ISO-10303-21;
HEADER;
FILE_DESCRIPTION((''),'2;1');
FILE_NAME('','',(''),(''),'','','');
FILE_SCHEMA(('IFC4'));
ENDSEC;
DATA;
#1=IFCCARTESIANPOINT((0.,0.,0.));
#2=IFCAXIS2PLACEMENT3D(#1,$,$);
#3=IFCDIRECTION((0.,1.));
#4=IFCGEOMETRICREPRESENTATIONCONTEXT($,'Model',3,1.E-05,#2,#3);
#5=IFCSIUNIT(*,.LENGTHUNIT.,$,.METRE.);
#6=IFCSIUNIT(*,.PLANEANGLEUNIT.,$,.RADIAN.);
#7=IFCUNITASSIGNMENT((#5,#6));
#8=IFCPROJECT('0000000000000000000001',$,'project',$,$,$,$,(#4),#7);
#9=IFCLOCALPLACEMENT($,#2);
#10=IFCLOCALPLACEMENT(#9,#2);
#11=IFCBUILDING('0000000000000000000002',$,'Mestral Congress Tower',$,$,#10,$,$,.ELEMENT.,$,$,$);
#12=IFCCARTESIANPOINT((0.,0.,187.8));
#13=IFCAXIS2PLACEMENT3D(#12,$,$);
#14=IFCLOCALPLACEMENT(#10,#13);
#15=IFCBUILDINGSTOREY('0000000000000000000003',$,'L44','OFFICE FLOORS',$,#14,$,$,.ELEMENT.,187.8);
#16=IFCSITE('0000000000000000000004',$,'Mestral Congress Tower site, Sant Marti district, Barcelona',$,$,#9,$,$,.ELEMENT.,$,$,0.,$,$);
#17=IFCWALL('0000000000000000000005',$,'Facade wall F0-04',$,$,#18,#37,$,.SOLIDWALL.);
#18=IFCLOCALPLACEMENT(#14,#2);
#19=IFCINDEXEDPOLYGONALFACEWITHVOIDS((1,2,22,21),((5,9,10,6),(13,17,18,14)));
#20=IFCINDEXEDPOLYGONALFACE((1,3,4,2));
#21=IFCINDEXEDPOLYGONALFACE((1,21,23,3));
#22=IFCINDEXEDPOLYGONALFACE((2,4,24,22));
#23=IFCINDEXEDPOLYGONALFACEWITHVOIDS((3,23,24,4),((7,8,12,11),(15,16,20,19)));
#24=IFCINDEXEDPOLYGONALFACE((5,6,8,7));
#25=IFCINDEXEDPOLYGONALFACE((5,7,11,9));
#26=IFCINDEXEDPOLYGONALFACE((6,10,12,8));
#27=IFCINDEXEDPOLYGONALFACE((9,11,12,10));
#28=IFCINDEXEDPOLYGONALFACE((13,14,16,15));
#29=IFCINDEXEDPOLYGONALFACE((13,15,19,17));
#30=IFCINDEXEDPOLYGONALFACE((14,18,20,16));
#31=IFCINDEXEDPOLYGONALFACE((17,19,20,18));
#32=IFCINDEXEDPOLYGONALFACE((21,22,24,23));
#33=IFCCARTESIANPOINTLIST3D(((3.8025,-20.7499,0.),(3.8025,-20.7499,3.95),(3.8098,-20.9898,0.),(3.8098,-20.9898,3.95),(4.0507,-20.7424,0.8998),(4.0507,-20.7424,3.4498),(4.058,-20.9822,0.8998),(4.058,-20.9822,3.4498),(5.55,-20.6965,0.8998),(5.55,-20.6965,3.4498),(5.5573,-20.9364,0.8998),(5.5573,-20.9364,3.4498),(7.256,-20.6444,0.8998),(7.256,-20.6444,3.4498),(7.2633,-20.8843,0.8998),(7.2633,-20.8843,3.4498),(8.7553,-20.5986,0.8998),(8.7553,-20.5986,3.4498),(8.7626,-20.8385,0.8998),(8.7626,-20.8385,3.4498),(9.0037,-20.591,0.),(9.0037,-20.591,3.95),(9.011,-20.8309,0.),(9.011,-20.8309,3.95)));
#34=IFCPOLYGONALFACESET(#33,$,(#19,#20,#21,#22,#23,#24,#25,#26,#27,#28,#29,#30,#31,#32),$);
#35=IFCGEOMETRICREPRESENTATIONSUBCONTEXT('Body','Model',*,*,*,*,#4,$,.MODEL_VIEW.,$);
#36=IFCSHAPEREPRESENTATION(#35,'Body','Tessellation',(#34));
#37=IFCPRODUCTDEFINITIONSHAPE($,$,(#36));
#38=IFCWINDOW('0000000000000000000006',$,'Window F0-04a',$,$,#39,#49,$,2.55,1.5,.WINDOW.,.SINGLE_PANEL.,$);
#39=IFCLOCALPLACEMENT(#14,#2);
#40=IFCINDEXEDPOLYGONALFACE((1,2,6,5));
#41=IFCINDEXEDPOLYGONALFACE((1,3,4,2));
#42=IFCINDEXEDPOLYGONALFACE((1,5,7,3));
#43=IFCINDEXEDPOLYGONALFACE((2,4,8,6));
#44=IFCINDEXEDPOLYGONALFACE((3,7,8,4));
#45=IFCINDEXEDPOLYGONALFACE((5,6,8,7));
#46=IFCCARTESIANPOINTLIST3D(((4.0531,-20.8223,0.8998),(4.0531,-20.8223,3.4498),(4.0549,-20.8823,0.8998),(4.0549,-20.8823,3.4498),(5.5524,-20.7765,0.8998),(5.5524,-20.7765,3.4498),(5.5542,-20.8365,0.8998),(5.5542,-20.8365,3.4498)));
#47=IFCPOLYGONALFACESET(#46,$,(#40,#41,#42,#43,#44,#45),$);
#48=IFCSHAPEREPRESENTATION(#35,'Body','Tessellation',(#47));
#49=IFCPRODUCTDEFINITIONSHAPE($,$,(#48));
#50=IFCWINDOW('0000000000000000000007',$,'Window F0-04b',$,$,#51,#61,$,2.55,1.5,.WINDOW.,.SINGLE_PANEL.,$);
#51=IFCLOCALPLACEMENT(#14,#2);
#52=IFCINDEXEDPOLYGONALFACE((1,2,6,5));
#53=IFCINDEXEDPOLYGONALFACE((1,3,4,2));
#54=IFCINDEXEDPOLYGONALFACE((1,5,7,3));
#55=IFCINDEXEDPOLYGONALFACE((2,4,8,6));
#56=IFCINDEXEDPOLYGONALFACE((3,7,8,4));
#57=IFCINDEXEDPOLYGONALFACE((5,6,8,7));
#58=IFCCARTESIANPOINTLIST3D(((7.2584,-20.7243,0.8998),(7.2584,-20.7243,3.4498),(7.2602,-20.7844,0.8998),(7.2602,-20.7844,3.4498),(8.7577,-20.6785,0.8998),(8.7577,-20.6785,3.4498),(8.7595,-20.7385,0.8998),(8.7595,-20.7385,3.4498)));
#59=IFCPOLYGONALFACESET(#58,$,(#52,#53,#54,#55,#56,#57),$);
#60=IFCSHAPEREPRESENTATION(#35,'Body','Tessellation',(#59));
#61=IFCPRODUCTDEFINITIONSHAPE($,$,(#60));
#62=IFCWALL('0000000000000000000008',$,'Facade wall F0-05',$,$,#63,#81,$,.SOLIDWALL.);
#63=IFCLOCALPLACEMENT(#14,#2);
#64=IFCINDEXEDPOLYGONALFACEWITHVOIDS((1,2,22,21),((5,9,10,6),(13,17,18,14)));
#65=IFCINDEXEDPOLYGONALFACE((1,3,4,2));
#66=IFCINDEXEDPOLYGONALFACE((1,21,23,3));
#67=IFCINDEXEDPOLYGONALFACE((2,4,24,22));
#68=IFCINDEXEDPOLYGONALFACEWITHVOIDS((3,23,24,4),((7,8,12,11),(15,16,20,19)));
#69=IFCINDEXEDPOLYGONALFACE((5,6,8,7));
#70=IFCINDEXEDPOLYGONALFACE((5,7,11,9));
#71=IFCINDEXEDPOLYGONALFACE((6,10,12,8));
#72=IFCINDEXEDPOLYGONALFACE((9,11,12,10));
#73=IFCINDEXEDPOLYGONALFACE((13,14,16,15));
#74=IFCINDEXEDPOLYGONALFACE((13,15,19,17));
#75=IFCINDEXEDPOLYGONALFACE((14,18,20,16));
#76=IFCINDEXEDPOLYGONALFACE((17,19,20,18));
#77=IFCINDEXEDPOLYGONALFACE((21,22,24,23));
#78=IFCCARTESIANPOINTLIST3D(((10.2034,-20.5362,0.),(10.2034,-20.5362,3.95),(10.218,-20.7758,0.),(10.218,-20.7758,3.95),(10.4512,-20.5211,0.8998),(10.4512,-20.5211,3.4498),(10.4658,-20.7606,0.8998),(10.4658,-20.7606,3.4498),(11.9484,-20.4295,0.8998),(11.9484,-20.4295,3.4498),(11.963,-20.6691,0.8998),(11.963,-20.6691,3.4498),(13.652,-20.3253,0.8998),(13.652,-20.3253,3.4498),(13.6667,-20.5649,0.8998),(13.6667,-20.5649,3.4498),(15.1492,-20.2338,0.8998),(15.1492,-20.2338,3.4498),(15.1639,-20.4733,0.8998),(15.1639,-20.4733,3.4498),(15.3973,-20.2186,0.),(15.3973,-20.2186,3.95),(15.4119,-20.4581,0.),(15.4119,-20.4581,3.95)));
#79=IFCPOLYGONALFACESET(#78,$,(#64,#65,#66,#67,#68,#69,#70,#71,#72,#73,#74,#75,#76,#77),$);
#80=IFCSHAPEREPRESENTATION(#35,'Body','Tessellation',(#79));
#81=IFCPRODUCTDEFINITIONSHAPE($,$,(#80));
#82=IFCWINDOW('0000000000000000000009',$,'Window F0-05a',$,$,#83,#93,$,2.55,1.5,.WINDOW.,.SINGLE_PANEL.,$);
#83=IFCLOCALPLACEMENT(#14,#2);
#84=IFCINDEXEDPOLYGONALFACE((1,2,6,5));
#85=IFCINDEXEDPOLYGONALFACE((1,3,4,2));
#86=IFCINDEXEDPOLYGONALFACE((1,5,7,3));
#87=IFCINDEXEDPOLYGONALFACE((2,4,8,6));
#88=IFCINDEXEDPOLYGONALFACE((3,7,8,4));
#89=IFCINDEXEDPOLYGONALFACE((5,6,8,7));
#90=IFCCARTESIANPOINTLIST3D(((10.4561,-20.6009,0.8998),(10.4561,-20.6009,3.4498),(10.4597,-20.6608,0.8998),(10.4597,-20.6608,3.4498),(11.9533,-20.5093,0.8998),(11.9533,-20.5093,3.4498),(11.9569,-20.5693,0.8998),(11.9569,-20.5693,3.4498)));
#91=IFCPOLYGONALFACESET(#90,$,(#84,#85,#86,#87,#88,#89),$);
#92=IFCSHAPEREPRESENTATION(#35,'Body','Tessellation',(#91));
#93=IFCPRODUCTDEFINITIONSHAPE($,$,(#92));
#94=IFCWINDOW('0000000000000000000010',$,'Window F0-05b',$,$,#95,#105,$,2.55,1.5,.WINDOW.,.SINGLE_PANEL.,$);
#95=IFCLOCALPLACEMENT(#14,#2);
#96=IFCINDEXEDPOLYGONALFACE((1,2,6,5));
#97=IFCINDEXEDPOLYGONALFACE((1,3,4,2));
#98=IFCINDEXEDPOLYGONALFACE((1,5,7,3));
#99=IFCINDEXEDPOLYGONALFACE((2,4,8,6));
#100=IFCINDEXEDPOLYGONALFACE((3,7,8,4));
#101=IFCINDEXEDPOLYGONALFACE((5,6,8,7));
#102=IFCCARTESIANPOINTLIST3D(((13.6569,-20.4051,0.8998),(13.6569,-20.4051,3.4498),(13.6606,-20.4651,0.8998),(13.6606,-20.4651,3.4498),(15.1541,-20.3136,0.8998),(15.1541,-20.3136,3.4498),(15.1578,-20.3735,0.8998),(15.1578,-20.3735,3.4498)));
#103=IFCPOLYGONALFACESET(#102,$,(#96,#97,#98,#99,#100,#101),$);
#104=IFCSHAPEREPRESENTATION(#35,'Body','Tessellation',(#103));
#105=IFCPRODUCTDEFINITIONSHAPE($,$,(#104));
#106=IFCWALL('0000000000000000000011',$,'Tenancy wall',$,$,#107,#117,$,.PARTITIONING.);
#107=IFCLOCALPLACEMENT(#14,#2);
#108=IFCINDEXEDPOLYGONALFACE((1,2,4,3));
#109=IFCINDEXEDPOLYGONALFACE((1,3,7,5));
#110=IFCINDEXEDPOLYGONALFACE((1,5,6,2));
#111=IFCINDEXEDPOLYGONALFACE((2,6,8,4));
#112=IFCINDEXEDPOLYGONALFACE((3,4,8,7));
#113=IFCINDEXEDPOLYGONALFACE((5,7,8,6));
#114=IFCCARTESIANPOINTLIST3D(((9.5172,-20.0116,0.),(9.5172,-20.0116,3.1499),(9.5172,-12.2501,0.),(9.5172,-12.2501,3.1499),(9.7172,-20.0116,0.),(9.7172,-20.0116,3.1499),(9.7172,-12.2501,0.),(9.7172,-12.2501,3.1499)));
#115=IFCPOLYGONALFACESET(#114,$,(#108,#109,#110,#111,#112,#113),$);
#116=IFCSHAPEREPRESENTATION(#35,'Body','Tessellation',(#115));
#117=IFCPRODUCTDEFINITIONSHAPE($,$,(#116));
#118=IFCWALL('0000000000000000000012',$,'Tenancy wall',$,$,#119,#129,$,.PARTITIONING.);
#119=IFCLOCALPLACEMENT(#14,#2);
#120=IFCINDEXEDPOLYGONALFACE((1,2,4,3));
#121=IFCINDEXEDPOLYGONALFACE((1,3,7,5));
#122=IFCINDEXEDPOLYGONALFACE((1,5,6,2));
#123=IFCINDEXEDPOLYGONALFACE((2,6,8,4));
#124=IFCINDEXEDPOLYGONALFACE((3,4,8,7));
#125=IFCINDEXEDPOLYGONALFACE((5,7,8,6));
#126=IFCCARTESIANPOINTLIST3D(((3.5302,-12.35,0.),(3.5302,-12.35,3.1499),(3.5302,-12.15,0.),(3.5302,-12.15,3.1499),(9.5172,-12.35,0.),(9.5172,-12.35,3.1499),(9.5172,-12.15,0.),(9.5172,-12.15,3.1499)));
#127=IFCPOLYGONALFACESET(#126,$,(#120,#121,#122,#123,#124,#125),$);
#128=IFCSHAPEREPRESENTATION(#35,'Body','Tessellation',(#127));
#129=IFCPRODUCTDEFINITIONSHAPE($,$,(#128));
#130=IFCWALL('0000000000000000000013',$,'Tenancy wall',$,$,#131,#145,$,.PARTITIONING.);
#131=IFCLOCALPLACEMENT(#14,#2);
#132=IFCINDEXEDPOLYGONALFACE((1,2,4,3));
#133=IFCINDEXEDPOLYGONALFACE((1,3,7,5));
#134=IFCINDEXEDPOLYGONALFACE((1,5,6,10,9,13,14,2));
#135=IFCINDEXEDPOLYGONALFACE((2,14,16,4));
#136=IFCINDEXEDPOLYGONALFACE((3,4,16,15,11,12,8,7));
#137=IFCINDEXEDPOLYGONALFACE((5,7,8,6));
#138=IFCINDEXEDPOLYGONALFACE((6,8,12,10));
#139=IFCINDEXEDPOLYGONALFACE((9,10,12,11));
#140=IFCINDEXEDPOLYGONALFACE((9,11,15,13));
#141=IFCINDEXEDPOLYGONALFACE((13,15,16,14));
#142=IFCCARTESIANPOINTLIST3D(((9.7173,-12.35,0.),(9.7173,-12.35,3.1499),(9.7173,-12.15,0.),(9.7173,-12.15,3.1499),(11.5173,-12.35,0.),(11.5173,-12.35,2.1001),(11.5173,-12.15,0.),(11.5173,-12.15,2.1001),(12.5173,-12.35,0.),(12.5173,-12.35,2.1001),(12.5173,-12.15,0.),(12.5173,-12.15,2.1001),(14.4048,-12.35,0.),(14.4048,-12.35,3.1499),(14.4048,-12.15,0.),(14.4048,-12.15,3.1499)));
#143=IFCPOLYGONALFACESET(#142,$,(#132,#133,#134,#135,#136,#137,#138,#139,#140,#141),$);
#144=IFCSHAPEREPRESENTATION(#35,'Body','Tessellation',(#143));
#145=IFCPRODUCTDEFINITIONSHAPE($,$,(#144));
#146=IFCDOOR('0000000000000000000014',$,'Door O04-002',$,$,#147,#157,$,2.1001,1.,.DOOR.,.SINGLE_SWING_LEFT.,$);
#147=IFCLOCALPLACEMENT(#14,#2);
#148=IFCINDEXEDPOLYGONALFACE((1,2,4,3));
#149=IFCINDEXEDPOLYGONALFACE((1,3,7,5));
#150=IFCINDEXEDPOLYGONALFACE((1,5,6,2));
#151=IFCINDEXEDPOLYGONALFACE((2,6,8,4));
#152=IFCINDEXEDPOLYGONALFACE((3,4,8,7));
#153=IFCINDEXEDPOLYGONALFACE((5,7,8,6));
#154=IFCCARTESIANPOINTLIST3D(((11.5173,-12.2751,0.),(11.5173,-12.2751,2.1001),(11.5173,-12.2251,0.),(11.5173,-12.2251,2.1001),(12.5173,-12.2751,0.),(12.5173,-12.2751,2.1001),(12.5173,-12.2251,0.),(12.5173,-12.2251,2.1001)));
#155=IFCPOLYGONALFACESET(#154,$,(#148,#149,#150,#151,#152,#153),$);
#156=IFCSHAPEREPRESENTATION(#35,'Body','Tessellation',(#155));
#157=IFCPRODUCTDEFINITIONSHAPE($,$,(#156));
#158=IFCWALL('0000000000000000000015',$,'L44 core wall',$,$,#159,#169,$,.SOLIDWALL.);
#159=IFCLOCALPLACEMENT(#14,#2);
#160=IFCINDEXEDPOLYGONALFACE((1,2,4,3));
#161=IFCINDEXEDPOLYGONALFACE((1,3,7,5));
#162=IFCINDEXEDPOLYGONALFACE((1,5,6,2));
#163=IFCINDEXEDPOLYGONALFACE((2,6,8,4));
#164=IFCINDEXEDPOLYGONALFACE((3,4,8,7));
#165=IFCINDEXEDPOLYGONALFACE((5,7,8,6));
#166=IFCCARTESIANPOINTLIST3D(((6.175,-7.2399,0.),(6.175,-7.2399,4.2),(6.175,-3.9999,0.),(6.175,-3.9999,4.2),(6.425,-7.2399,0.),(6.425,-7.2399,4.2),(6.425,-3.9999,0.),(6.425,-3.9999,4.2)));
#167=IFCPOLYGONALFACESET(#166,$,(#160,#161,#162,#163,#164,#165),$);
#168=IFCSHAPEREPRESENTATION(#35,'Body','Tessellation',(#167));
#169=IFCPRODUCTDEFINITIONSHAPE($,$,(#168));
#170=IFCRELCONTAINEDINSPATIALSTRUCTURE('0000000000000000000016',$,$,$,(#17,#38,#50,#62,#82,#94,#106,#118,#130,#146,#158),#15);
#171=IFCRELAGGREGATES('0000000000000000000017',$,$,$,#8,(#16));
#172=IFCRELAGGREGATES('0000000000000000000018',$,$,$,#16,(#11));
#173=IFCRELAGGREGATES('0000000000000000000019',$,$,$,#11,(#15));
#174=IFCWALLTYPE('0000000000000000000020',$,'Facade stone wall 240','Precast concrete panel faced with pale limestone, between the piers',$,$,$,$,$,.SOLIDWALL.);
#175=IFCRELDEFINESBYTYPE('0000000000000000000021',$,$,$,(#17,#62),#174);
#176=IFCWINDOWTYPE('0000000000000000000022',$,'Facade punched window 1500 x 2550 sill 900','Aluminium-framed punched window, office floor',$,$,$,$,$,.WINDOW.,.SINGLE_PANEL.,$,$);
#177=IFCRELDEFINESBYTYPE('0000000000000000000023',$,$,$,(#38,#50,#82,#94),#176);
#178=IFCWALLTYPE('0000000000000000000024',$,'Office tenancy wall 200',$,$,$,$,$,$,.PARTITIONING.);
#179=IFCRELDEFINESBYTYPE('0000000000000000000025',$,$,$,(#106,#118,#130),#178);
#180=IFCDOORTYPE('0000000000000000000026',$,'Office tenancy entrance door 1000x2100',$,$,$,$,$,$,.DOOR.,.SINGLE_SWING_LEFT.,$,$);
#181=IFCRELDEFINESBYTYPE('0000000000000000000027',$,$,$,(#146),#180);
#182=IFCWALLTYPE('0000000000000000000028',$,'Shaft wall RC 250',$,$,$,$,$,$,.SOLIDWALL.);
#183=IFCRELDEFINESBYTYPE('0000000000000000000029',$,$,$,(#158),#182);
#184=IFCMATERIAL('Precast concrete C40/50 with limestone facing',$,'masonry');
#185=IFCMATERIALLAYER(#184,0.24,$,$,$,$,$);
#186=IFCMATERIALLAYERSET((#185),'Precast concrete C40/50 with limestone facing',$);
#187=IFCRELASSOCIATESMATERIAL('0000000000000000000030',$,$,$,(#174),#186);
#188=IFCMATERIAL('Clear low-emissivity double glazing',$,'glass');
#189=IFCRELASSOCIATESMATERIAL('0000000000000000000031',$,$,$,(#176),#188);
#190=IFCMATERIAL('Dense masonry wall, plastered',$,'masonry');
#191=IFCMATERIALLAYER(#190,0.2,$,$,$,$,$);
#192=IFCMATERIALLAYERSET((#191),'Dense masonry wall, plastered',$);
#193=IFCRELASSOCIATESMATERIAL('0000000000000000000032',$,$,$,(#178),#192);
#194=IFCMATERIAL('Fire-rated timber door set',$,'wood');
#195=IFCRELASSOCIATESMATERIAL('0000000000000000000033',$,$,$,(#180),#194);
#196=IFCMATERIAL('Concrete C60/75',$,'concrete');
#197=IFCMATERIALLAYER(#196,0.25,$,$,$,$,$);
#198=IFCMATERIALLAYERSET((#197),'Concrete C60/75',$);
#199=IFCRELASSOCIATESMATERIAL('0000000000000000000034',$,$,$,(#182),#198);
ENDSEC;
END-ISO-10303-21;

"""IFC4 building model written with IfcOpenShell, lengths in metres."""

from ifc_helpers import new_model, si_unit, direction, frame, frame_2d, origin, place, context, subcontext, project, spatial, rectangle, extrude, material, layer, layer_set, type_object, element, fill, save


model = new_model("IFC4")

# Units and contexts
model_context = context("Model", 3, precision=1e-05, world=origin(), true_north=direction((0.0, 1.0)))
body_context = subcontext(model_context, "Body", "Model", "MODEL_VIEW")
ifc_project = project(units=[si_unit("LENGTHUNIT", "METRE"), si_unit("PLANEANGLEUNIT", "RADIAN")], contexts=[model_context])

# Site, building, storey
site_placement = place(None, origin())
site = spatial("IfcSite", under=ifc_project, at=site_placement, Name="Mestral Congress Tower site, Sant Marti district, Barcelona", CompositionType="ELEMENT", RefElevation=0.0)
building_placement = place(site_placement, origin())
building = spatial("IfcBuilding", under=site, at=building_placement, Name="Mestral Congress Tower", CompositionType="ELEMENT")
storey_placement = place(building_placement, frame((0.0, 0.0, 187.8)))
storey = spatial("IfcBuildingStorey", under=building, at=storey_placement, Name="L44", Description="OFFICE FLOORS", CompositionType="ELEMENT", Elevation=187.8)

# Shared definitions
ifc_material_1 = material(Name="Concrete C60/75", Category="concrete")

# Walls, openings, windows
ifc_material_2 = material(Name="Precast concrete C40/50 with limestone facing", Category="masonry")
ifc_layer_1 = layer(ifc_material_2, 0.24)
ifc_layer_set_1 = layer_set([ifc_layer_1], Name="Precast concrete C40/50 with limestone facing")
wall_type_1 = type_object("IfcWallType", Name="Facade stone wall 240", Description="Precast concrete panel faced with pale limestone, between the piers", PredefinedType="SOLIDWALL", material=ifc_layer_set_1)
wall_1_placement = place(storey_placement, frame((3.8062, -20.8699, 0.0), z_axis=(0.0, 0.0, 1.0), x_axis=(0.999533, 0.030543, 0.0)))
wall_1 = element("IfcWall", 1, at=wall_1_placement, inside=storey, type_object=wall_type_1, Name="Facade wall F0-04", PredefinedType="SOLIDWALL", context=body_context, shape_type="SweptSolid", body=[
    extrude(rectangle(XDim=5.2036, YDim=0.24, at=frame_2d((2.6018, 0.0))), origin(), (0.0, 0.0, 1.0), 3.95),
])
opening_1_placement = place(wall_1_placement, frame((0.2483, 0.0, 0.8999)))
opening_1 = element("IfcOpeningElement", 2, at=opening_1_placement, cuts=wall_1, PredefinedType="OPENING", context=body_context, shape_type="SweptSolid", body=[
    extrude(rectangle(XDim=1.5, YDim=2.55, at=frame_2d((0.75, 1.2749))), frame((0.0, 0.1299, 0.0), z_axis=(0.0, -1.0, 0.0), x_axis=(1.0, 0.0, 0.0)), (0.0, 0.0, 1.0), 0.26),
])
opening_2_placement = place(wall_1_placement, frame((3.4551, 0.0, 0.8999)))
opening_2 = element("IfcOpeningElement", 3, at=opening_2_placement, cuts=wall_1, PredefinedType="OPENING", context=body_context, shape_type="SweptSolid", body=[
    extrude(rectangle(XDim=1.5, YDim=2.55, at=frame_2d((0.75, 1.2749))), frame((0.0, 0.1299, 0.0), z_axis=(0.0, -1.0, 0.0), x_axis=(1.0, 0.0, 0.0)), (0.0, 0.0, 1.0), 0.26),
])
ifc_material_3 = material(Name="Clear low-emissivity double glazing", Category="glass")
window_type = type_object("IfcWindowType", Name="Facade punched window 1500 x 2550 sill 900", Description="Aluminium-framed punched window, office floor", PartitioningType="SINGLE_PANEL", PredefinedType="WINDOW", material=ifc_material_3)
window_1_placement = place(opening_1_placement, origin())
window_1 = element("IfcWindow", 4, at=window_1_placement, inside=storey, type_object=window_type, Name="Window F0-04a", OverallHeight=2.55, OverallWidth=1.5, PartitioningType="SINGLE_PANEL", PredefinedType="WINDOW", context=body_context, shape_type="SweptSolid", body=[
    extrude(rectangle(XDim=1.5, YDim=2.55, at=frame_2d((0.75, 1.2749))), frame((0.0, 0.04, 0.0), z_axis=(0.0, -1.0, 0.0), x_axis=(1.0, 0.0, 0.0)), (0.0, 0.0, 1.0), 0.0601),
])
fill(opening_1, window_1)
window_2_placement = place(opening_2_placement, origin())
window_2 = element("IfcWindow", 5, at=window_2_placement, inside=storey, type_object=window_type, Name="Window F0-04b", OverallHeight=2.55, OverallWidth=1.5, PartitioningType="SINGLE_PANEL", PredefinedType="WINDOW", context=body_context, shape_type="SweptSolid", body=[
    extrude(rectangle(XDim=1.5, YDim=2.55, at=frame_2d((0.75, 1.2749))), frame((0.0, 0.04, 0.0), z_axis=(0.0, -1.0, 0.0), x_axis=(1.0, 0.0, 0.0)), (0.0, 0.0, 1.0), 0.0601),
])
fill(opening_2, window_2)
wall_2_placement = place(storey_placement, frame((10.2107, -20.656, 0.0), z_axis=(0.0, 0.0, 1.0), x_axis=(0.998135, 0.06104, 0.0)))
wall_2 = element("IfcWall", 6, at=wall_2_placement, inside=storey, type_object=wall_type_1, Name="Facade wall F0-05", PredefinedType="SOLIDWALL", context=body_context, shape_type="SweptSolid", body=[
    extrude(rectangle(XDim=5.2036, YDim=0.24, at=frame_2d((2.6018, 0.0))), origin(), (0.0, 0.0, 1.0), 3.95),
])
opening_3_placement = place(wall_2_placement, frame((0.2483, 0.0, 0.8999)))
opening_3 = element("IfcOpeningElement", 7, at=opening_3_placement, cuts=wall_2, PredefinedType="OPENING", context=body_context, shape_type="SweptSolid", body=[
    extrude(rectangle(XDim=1.5, YDim=2.55, at=frame_2d((0.75, 1.2749))), frame((0.0, 0.1299, 0.0), z_axis=(0.0, -1.0, 0.0), x_axis=(1.0, 0.0, 0.0)), (0.0, 0.0, 1.0), 0.26),
])
opening_4_placement = place(wall_2_placement, frame((3.4551, 0.0, 0.8999)))
opening_4 = element("IfcOpeningElement", 8, at=opening_4_placement, cuts=wall_2, PredefinedType="OPENING", context=body_context, shape_type="SweptSolid", body=[
    extrude(rectangle(XDim=1.5, YDim=2.55, at=frame_2d((0.75, 1.2749))), frame((0.0, 0.1299, 0.0), z_axis=(0.0, -1.0, 0.0), x_axis=(1.0, 0.0, 0.0)), (0.0, 0.0, 1.0), 0.26),
])
window_3_placement = place(opening_3_placement, origin())
window_3 = element("IfcWindow", 9, at=window_3_placement, inside=storey, type_object=window_type, Name="Window F0-05a", OverallHeight=2.55, OverallWidth=1.5, PartitioningType="SINGLE_PANEL", PredefinedType="WINDOW", context=body_context, shape_type="SweptSolid", body=[
    extrude(rectangle(XDim=1.5, YDim=2.55, at=frame_2d((0.75, 1.2749))), frame((0.0, 0.04, 0.0), z_axis=(0.0, -1.0, 0.0), x_axis=(1.0, 0.0, 0.0)), (0.0, 0.0, 1.0), 0.0601),
])
fill(opening_3, window_3)
window_4_placement = place(opening_4_placement, origin())
window_4 = element("IfcWindow", 10, at=window_4_placement, inside=storey, type_object=window_type, Name="Window F0-05b", OverallHeight=2.55, OverallWidth=1.5, PartitioningType="SINGLE_PANEL", PredefinedType="WINDOW", context=body_context, shape_type="SweptSolid", body=[
    extrude(rectangle(XDim=1.5, YDim=2.55, at=frame_2d((0.75, 1.2749))), frame((0.0, 0.04, 0.0), z_axis=(0.0, -1.0, 0.0), x_axis=(1.0, 0.0, 0.0)), (0.0, 0.0, 1.0), 0.0601),
])
fill(opening_4, window_4)

# Walls
ifc_material_4 = material(Name="Dense masonry wall, plastered", Category="masonry")
ifc_layer_2 = layer(ifc_material_4, 0.2)
ifc_layer_set_2 = layer_set([ifc_layer_2], Name="Dense masonry wall, plastered")
wall_type_2 = type_object("IfcWallType", Name="Office tenancy wall 200", PredefinedType="PARTITIONING", material=ifc_layer_set_2)
wall_3_placement = place(storey_placement, frame((9.6172, -12.25, 0.0), z_axis=(0.0, 0.0, 1.0), x_axis=(0.0, -1.0, 0.0)))
element("IfcWall", 11, at=wall_3_placement, inside=storey, type_object=wall_type_2, Name="Tenancy wall", PredefinedType="PARTITIONING", context=body_context, shape_type="SweptSolid", body=[
    extrude(rectangle(XDim=7.7615, YDim=0.2, at=frame_2d((3.8809, 0.0))), origin(), (0.0, 0.0, 1.0), 3.1499),
])
wall_4_placement = place(storey_placement, frame((3.53, -12.25, 0.0), z_axis=(0.0, 0.0, 1.0), x_axis=(1.0, 0.0, 0.0)))
element("IfcWall", 12, at=wall_4_placement, inside=storey, type_object=wall_type_2, Name="Tenancy wall", PredefinedType="PARTITIONING", context=body_context, shape_type="SweptSolid", body=[
    extrude(rectangle(XDim=5.9871, YDim=0.2, at=frame_2d((2.9937, 0.0))), origin(), (0.0, 0.0, 1.0), 3.1499),
])

# Wall, opening, door
wall_5_placement = place(storey_placement, frame((9.7173, -12.25, 0.0), z_axis=(0.0, 0.0, 1.0), x_axis=(1.0, 0.0, 0.0)))
wall_5 = element("IfcWall", 13, at=wall_5_placement, inside=storey, type_object=wall_type_2, Name="Tenancy wall", PredefinedType="PARTITIONING", context=body_context, shape_type="SweptSolid", body=[
    extrude(rectangle(XDim=4.6875, YDim=0.2, at=frame_2d((2.3438, 0.0))), origin(), (0.0, 0.0, 1.0), 3.1499),
])
opening_5_placement = place(wall_5_placement, frame((1.8, 0.0, 0.0)))
opening_5 = element("IfcOpeningElement", 14, at=opening_5_placement, cuts=wall_5, PredefinedType="OPENING", context=body_context, shape_type="SweptSolid", body=[
    extrude(rectangle(XDim=1.0, YDim=2.1001, at=frame_2d((0.5, 1.05))), frame((0.0, 0.1099, 0.0), z_axis=(0.0, -1.0, 0.0), x_axis=(1.0, 0.0, 0.0)), (0.0, 0.0, 1.0), 0.22),
])
ifc_material_5 = material(Name="Fire-rated timber door set", Category="wood")
door_type_1 = type_object("IfcDoorType", Name="Office tenancy entrance door 1000x2100", OperationType="SINGLE_SWING_LEFT", PredefinedType="DOOR", material=ifc_material_5)
door_1_placement = place(opening_5_placement, origin())
door_1 = element("IfcDoor", 15, at=door_1_placement, inside=storey, type_object=door_type_1, Name="Door O04-002", OperationType="SINGLE_SWING_LEFT", OverallHeight=2.1001, OverallWidth=1.0, PredefinedType="DOOR", context=body_context, shape_type="SweptSolid", body=[
    extrude(rectangle(XDim=1.0, YDim=2.1001, at=frame_2d((0.5, 1.05))), frame((0.0, 0.0249, 0.0), z_axis=(0.0, -1.0, 0.0), x_axis=(1.0, 0.0, 0.0)), (0.0, 0.0, 1.0), 0.05),
])
fill(opening_5, door_1)

# Wall
ifc_layer_3 = layer(ifc_material_1, 0.25)
ifc_layer_set_3 = layer_set([ifc_layer_3], Name="Concrete C60/75")
wall_type_3 = type_object("IfcWallType", Name="Shaft wall RC 250", PredefinedType="SOLIDWALL", material=ifc_layer_set_3)
wall_6_placement = place(storey_placement, frame((6.3, -7.24, 0.0), z_axis=(0.0, 0.0, 1.0), x_axis=(0.0, 1.0, 0.0)))
element("IfcWall", 16, at=wall_6_placement, inside=storey, type_object=wall_type_3, Name="L44 core wall", PredefinedType="SOLIDWALL", context=body_context, shape_type="SweptSolid", body=[
    extrude(rectangle(XDim=3.24, YDim=0.25, at=frame_2d((1.6201, 0.0))), origin(), (0.0, 0.0, 1.0), 4.2),
])

save(model, "model.ifc")
